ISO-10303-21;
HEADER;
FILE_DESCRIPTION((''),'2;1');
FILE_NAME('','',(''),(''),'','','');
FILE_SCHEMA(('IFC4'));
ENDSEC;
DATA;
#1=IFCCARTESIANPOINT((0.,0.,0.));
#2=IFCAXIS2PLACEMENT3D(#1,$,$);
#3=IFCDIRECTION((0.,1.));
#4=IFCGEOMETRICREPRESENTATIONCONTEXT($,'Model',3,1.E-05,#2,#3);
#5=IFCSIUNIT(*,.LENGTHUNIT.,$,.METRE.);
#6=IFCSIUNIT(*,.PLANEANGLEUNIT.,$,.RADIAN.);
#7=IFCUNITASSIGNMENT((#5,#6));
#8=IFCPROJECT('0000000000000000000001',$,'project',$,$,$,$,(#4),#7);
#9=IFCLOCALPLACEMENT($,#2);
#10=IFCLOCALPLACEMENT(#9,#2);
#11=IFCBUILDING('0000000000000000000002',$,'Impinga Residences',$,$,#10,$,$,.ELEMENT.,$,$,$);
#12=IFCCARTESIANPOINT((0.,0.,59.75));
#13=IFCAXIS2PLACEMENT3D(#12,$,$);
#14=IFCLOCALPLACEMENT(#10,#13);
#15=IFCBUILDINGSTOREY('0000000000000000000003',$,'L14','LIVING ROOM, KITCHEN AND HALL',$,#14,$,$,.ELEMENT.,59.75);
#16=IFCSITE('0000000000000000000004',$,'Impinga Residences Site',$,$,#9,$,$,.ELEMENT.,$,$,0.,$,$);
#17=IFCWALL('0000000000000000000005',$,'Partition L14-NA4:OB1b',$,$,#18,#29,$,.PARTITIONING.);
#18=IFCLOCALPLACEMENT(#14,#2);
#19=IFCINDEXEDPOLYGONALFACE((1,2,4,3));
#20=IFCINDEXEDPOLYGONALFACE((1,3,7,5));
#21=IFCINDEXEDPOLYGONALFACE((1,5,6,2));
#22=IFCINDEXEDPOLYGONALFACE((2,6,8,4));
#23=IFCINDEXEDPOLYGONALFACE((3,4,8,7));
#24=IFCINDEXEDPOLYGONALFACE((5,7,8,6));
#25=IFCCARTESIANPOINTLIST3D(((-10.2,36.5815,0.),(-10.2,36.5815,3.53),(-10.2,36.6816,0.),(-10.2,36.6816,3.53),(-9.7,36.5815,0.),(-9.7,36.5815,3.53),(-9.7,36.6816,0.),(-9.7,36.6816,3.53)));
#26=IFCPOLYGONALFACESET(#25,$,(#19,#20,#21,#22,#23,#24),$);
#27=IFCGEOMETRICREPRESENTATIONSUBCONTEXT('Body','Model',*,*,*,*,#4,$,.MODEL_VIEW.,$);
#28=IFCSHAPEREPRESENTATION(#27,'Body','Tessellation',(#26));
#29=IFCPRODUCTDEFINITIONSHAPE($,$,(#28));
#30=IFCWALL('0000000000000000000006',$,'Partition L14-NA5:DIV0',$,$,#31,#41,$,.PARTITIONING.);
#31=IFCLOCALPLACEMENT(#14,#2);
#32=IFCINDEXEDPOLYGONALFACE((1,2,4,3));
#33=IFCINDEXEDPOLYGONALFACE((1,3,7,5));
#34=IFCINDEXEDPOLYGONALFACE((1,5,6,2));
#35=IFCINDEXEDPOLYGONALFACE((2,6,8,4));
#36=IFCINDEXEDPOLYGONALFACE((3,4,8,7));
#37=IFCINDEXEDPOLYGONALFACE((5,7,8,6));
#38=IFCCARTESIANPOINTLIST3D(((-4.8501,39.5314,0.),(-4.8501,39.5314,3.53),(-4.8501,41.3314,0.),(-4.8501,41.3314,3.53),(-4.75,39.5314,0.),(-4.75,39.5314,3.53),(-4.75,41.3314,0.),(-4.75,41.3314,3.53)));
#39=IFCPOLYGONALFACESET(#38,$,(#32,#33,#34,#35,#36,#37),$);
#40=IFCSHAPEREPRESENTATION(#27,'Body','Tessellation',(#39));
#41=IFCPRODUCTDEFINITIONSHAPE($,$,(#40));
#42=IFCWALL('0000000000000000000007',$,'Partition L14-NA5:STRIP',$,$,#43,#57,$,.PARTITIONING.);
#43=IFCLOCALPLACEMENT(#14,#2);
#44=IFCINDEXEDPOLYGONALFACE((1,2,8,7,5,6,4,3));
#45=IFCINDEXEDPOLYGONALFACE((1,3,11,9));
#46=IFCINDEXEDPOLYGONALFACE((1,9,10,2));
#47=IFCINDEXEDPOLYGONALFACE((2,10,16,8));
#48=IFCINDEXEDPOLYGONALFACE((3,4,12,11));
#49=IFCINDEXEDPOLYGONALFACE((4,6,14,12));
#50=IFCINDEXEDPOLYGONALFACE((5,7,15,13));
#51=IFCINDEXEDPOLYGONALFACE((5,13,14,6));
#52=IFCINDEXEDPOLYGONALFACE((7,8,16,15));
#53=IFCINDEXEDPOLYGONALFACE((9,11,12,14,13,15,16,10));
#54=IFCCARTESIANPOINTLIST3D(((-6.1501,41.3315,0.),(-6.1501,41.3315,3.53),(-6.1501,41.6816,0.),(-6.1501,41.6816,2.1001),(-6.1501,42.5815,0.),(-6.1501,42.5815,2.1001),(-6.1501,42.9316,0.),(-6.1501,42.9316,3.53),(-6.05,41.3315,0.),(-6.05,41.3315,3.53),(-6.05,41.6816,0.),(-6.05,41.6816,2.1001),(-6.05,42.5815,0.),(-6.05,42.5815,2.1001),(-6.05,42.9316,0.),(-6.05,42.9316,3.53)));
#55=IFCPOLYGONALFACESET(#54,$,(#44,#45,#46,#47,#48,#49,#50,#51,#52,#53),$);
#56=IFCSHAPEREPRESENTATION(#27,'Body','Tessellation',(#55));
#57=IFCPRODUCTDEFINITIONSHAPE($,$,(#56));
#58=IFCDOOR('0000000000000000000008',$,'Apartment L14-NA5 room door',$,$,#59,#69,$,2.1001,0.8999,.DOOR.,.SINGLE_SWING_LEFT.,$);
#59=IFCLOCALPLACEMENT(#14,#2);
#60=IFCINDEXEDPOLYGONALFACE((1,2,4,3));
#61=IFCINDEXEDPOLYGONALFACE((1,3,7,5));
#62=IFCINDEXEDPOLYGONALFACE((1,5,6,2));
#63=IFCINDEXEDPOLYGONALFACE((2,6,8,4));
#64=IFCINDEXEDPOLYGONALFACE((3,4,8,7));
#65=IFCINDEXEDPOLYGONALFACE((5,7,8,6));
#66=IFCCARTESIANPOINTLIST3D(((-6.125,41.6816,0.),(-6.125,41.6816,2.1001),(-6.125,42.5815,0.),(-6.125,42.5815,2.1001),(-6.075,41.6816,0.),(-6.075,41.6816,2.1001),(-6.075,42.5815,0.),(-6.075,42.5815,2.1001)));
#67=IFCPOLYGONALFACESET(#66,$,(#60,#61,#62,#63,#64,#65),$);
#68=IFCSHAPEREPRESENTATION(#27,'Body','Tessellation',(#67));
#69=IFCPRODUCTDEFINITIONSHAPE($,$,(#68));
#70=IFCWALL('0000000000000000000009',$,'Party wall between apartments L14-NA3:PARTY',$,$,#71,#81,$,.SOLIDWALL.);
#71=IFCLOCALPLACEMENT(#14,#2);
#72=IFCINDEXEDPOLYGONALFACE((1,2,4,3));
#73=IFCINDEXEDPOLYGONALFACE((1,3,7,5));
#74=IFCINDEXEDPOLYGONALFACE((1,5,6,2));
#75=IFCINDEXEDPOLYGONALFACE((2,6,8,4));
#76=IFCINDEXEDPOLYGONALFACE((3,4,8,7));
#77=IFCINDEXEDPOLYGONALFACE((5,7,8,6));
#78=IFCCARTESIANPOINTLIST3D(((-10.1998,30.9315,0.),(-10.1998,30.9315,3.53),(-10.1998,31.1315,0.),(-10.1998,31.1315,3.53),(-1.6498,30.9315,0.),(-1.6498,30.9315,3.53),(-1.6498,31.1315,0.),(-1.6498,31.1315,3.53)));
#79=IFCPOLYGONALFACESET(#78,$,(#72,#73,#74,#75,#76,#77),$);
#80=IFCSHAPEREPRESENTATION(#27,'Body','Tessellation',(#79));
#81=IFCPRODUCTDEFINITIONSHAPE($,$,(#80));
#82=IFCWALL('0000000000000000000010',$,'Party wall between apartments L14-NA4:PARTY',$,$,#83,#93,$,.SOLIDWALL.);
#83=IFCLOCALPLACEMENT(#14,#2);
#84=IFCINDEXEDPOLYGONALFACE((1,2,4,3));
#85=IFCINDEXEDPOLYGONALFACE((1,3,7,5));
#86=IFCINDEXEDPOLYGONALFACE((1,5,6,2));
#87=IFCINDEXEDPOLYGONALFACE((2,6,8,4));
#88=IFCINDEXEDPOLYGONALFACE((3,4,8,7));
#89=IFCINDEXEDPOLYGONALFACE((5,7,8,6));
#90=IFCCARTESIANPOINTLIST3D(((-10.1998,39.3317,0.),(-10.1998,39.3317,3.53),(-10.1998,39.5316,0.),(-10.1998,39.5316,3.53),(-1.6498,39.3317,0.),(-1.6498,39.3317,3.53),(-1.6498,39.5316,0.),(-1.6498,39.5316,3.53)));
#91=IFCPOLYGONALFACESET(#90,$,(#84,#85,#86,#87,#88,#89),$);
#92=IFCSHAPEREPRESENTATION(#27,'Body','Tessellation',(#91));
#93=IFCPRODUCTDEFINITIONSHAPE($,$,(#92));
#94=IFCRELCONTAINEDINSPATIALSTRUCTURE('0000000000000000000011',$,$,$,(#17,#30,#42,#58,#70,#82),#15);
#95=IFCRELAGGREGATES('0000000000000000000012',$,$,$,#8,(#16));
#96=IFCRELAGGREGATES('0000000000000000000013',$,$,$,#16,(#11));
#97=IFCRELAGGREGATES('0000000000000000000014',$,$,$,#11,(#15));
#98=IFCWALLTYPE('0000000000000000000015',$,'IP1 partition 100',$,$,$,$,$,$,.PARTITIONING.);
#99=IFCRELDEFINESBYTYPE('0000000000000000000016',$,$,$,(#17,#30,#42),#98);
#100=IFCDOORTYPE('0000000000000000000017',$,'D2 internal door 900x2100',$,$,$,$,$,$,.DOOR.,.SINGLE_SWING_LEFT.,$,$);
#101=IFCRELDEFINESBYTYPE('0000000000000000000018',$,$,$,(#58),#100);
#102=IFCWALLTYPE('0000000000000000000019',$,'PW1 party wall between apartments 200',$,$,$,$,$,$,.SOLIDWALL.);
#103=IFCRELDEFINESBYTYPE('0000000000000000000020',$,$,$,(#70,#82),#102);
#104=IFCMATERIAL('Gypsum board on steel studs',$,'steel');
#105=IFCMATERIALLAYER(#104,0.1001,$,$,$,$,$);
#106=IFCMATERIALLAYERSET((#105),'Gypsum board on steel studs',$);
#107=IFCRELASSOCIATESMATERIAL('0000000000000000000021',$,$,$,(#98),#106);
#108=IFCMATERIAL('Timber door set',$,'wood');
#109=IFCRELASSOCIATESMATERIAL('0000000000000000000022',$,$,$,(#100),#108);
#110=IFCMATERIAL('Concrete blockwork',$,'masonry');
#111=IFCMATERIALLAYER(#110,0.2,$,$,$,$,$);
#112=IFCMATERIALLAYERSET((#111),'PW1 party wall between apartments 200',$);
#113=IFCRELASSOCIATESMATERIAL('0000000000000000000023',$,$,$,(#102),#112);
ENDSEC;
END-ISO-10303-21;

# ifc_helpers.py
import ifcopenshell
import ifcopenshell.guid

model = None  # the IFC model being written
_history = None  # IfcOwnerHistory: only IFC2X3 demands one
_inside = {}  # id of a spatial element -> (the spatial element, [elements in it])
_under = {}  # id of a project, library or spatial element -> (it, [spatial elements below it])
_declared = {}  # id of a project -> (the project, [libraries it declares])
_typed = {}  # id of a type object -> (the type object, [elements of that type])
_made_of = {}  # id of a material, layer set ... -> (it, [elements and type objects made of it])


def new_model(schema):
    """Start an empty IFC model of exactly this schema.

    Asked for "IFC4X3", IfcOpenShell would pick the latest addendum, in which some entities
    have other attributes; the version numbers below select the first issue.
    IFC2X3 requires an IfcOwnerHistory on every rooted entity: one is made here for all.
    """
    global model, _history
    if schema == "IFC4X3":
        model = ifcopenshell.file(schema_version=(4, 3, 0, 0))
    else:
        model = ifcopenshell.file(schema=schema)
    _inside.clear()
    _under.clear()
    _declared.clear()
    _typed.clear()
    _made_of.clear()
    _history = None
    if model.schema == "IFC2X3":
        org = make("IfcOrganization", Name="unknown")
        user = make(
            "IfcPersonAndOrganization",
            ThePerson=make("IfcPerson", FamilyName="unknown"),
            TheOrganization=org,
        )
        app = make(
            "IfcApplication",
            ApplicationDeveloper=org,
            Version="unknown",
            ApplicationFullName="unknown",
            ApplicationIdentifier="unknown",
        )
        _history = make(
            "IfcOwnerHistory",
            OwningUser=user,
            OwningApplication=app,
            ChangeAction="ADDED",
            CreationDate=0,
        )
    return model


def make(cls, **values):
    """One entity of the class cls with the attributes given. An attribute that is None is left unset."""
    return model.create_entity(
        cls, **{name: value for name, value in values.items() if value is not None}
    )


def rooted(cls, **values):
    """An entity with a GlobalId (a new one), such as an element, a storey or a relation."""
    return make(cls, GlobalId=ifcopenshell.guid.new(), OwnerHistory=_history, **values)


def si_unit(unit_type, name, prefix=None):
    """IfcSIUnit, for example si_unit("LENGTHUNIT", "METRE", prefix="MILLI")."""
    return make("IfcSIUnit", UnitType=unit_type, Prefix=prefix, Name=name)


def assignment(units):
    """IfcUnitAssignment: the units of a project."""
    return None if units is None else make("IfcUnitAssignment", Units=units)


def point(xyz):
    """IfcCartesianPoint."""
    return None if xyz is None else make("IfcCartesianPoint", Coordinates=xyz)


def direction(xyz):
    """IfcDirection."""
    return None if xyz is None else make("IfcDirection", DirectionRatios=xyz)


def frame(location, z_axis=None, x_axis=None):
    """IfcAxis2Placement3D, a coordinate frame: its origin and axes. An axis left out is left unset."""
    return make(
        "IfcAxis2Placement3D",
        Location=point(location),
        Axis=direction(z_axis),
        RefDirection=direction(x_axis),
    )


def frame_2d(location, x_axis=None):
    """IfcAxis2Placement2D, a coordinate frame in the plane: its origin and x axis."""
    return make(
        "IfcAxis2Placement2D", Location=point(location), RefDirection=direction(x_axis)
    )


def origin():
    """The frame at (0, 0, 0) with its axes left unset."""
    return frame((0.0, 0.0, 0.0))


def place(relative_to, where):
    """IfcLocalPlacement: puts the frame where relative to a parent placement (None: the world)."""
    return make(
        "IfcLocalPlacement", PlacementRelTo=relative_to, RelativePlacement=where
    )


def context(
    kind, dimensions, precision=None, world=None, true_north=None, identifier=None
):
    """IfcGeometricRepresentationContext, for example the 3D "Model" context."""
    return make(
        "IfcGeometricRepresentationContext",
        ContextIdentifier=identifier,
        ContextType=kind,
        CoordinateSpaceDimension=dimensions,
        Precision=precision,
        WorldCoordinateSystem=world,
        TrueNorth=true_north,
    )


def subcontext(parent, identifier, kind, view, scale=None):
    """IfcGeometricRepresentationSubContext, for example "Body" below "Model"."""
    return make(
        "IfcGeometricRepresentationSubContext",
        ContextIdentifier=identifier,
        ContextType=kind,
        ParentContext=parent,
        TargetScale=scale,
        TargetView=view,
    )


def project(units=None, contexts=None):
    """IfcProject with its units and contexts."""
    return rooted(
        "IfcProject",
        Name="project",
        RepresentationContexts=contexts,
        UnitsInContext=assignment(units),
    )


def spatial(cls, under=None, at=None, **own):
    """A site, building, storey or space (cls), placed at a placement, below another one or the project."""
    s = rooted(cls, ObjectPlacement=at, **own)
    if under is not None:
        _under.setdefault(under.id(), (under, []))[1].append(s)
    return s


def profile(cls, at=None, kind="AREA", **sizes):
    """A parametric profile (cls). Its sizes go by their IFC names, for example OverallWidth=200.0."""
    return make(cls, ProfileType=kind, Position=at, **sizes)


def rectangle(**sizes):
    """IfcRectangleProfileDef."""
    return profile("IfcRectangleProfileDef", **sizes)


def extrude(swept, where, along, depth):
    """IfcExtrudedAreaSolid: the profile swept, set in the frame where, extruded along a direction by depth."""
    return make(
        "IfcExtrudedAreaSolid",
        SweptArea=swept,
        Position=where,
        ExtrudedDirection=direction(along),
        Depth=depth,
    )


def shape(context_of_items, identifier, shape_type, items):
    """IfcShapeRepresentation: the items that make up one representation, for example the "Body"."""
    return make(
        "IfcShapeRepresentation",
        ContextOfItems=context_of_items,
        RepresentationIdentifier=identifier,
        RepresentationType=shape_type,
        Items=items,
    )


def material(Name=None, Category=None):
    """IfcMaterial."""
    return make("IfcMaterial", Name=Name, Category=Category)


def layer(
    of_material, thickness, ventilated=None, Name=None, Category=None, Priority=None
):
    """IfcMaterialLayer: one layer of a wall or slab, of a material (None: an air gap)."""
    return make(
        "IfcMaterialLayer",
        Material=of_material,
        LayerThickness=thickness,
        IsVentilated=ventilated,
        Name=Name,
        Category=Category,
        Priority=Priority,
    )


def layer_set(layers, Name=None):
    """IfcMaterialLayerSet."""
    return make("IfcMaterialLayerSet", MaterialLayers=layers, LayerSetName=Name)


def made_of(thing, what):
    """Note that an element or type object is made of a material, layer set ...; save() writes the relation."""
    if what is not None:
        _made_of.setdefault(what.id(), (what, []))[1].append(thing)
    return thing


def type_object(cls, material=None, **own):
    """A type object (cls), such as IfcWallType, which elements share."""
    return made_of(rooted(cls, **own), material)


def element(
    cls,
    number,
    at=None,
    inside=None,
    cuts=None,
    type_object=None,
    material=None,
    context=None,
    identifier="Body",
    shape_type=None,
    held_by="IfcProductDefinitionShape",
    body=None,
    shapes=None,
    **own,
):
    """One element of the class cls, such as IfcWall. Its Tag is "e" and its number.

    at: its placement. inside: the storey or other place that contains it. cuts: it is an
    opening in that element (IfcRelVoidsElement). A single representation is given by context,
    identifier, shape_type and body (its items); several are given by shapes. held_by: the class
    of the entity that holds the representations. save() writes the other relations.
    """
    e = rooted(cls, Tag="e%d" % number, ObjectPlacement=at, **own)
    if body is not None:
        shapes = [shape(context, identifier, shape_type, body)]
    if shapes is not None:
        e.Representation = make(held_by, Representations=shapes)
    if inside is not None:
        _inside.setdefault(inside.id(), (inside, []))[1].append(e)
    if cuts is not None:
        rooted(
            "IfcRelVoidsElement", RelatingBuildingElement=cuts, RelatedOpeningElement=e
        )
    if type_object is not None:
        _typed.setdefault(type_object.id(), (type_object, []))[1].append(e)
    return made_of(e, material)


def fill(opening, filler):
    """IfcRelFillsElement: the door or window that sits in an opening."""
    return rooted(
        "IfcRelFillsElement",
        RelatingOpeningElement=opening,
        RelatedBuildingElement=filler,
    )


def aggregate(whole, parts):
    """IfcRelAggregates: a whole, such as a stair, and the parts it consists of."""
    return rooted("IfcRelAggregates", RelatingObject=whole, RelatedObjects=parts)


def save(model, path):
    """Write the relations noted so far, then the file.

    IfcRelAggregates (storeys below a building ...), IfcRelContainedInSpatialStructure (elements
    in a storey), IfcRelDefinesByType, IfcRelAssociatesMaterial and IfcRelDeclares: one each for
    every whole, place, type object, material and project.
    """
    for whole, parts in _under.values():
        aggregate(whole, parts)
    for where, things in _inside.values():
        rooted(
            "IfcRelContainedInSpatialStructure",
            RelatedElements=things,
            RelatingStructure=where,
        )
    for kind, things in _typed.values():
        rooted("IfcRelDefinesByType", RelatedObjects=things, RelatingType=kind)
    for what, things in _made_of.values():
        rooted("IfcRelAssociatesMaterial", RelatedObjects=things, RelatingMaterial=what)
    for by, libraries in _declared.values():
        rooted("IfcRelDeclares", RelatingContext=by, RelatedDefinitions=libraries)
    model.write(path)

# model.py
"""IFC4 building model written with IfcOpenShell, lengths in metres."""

from ifc_helpers import new_model, si_unit, direction, frame, frame_2d, origin, place, context, subcontext, project, spatial, rectangle, extrude, material, layer, layer_set, type_object, element, fill, save


model = new_model("IFC4")

# Units and contexts
model_context = context("Model", 3, precision=1e-05, world=origin(), true_north=direction((0.0, 1.0)))
body_context = subcontext(model_context, "Body", "Model", "MODEL_VIEW")
ifc_project = project(units=[si_unit("LENGTHUNIT", "METRE"), si_unit("PLANEANGLEUNIT", "RADIAN")], contexts=[model_context])

# Site, building, storey
site_placement = place(None, origin())
site = spatial("IfcSite", under=ifc_project, at=site_placement, Name="Impinga Residences Site", CompositionType="ELEMENT", RefElevation=0.0)
building_placement = place(site_placement, origin())
building = spatial("IfcBuilding", under=site, at=building_placement, Name="Impinga Residences", CompositionType="ELEMENT")
storey_placement = place(building_placement, frame((0.0, 0.0, 59.75)))
storey = spatial("IfcBuildingStorey", under=building, at=storey_placement, Name="L14", Description="LIVING ROOM, KITCHEN AND HALL", CompositionType="ELEMENT", Elevation=59.75)

# Shared definitions
ifc_material_1 = material(Name="Gypsum board on steel studs", Category="steel")
ifc_layer_1 = layer(ifc_material_1, 0.1001)
ifc_layer_set_1 = layer_set([ifc_layer_1], Name="Gypsum board on steel studs")
wall_type_1 = type_object("IfcWallType", Name="IP1 partition 100", PredefinedType="PARTITIONING", material=ifc_layer_set_1)

# Shared definitions
ifc_material_2 = material(Name="Timber door set", Category="wood")
door_type = type_object("IfcDoorType", Name="D2 internal door 900x2100", OperationType="SINGLE_SWING_LEFT", PredefinedType="DOOR", material=ifc_material_2)

# Walls
wall_1_placement = place(storey_placement, frame((-9.7, 36.6316, 0.0), z_axis=(0.0, 0.0, 1.0), x_axis=(-1.0, 0.0, 0.0)))
element("IfcWall", 1, at=wall_1_placement, inside=storey, type_object=wall_type_1, Name="Partition L14-NA4:OB1b", PredefinedType="PARTITIONING", context=body_context, shape_type="SweptSolid", body=[
    extrude(rectangle(XDim=0.5, YDim=0.1001, at=frame_2d((0.25, 0.0))), origin(), (0.0, 0.0, 1.0), 3.53),
])
wall_2_placement = place(storey_placement, frame((-4.8, 39.5315, 0.0), z_axis=(0.0, 0.0, 1.0), x_axis=(0.0, 1.0, 0.0)))
element("IfcWall", 2, at=wall_2_placement, inside=storey, type_object=wall_type_1, Name="Partition L14-NA5:DIV0", PredefinedType="PARTITIONING", context=body_context, shape_type="SweptSolid", body=[
    extrude(rectangle(XDim=1.8, YDim=0.1001, at=frame_2d((0.8999, 0.0))), origin(), (0.0, 0.0, 1.0), 3.53),
])

# Wall, opening, door
wall_3_placement = place(storey_placement, frame((-6.1001, 41.3315, 0.0), z_axis=(0.0, 0.0, 1.0), x_axis=(0.0, 1.0, 0.0)))
wall_3 = element("IfcWall", 3, at=wall_3_placement, inside=storey, type_object=wall_type_1, Name="Partition L14-NA5:STRIP", PredefinedType="PARTITIONING", context=body_context, shape_type="SweptSolid", body=[
    extrude(rectangle(XDim=1.6001, YDim=0.1001, at=frame_2d((0.8, 0.0))), origin(), (0.0, 0.0, 1.0), 3.53),
])
opening_1_placement = place(wall_3_placement, frame((0.3501, 0.0, 0.0)))
opening_1 = element("IfcOpeningElement", 4, at=opening_1_placement, cuts=wall_3, PredefinedType="OPENING", context=body_context, shape_type="SweptSolid", body=[
    extrude(rectangle(XDim=0.8999, YDim=2.1001, at=frame_2d((0.45, 1.05))), frame((0.0, 0.0601, 0.0), z_axis=(0.0, -1.0, 0.0), x_axis=(1.0, 0.0, 0.0)), (0.0, 0.0, 1.0), 0.1201),
])
door_1_placement = place(opening_1_placement, origin())
door_1 = element("IfcDoor", 5, at=door_1_placement, inside=storey, type_object=door_type, Name="Apartment L14-NA5 room door", OperationType="SINGLE_SWING_LEFT", OverallHeight=2.1001, OverallWidth=0.8999, PredefinedType="DOOR", context=body_context, shape_type="SweptSolid", body=[
    extrude(rectangle(XDim=0.8999, YDim=2.1001, at=frame_2d((0.45, 1.05))), frame((0.0, 0.0249, 0.0), z_axis=(0.0, -1.0, 0.0), x_axis=(1.0, 0.0, 0.0)), (0.0, 0.0, 1.0), 0.05),
])
fill(opening_1, door_1)

# Walls
ifc_material_3 = material(Name="Concrete blockwork", Category="masonry")
ifc_layer_2 = layer(ifc_material_3, 0.2)
ifc_layer_set_2 = layer_set([ifc_layer_2], Name="PW1 party wall between apartments 200")
wall_type_2 = type_object("IfcWallType", Name="PW1 party wall between apartments 200", PredefinedType="SOLIDWALL", material=ifc_layer_set_2)
for number, where, z_axis, x_axis, name in (
    (6, (-1.6499, 31.0315, 0.0), (0.0, 0.0, 1.0), (-1.0, 0.0, 0.0), "Party wall between apartments L14-NA3:PARTY"),
    (7, (-1.6499, 39.4316, 0.0), (0.0, 0.0, 1.0), (-1.0, 0.0, 0.0), "Party wall between apartments L14-NA4:PARTY"),
):
    element("IfcWall", number, at=place(storey_placement, frame(where, z_axis=z_axis, x_axis=x_axis)), inside=storey, type_object=wall_type_2, Name=name, PredefinedType="SOLIDWALL", context=body_context, shape_type="SweptSolid", body=[
        extrude(rectangle(XDim=8.55, YDim=0.2, at=frame_2d((4.2749, 0.0))), origin(), (0.0, 0.0, 1.0), 3.53),
    ])

save(model, "model.ifc")
